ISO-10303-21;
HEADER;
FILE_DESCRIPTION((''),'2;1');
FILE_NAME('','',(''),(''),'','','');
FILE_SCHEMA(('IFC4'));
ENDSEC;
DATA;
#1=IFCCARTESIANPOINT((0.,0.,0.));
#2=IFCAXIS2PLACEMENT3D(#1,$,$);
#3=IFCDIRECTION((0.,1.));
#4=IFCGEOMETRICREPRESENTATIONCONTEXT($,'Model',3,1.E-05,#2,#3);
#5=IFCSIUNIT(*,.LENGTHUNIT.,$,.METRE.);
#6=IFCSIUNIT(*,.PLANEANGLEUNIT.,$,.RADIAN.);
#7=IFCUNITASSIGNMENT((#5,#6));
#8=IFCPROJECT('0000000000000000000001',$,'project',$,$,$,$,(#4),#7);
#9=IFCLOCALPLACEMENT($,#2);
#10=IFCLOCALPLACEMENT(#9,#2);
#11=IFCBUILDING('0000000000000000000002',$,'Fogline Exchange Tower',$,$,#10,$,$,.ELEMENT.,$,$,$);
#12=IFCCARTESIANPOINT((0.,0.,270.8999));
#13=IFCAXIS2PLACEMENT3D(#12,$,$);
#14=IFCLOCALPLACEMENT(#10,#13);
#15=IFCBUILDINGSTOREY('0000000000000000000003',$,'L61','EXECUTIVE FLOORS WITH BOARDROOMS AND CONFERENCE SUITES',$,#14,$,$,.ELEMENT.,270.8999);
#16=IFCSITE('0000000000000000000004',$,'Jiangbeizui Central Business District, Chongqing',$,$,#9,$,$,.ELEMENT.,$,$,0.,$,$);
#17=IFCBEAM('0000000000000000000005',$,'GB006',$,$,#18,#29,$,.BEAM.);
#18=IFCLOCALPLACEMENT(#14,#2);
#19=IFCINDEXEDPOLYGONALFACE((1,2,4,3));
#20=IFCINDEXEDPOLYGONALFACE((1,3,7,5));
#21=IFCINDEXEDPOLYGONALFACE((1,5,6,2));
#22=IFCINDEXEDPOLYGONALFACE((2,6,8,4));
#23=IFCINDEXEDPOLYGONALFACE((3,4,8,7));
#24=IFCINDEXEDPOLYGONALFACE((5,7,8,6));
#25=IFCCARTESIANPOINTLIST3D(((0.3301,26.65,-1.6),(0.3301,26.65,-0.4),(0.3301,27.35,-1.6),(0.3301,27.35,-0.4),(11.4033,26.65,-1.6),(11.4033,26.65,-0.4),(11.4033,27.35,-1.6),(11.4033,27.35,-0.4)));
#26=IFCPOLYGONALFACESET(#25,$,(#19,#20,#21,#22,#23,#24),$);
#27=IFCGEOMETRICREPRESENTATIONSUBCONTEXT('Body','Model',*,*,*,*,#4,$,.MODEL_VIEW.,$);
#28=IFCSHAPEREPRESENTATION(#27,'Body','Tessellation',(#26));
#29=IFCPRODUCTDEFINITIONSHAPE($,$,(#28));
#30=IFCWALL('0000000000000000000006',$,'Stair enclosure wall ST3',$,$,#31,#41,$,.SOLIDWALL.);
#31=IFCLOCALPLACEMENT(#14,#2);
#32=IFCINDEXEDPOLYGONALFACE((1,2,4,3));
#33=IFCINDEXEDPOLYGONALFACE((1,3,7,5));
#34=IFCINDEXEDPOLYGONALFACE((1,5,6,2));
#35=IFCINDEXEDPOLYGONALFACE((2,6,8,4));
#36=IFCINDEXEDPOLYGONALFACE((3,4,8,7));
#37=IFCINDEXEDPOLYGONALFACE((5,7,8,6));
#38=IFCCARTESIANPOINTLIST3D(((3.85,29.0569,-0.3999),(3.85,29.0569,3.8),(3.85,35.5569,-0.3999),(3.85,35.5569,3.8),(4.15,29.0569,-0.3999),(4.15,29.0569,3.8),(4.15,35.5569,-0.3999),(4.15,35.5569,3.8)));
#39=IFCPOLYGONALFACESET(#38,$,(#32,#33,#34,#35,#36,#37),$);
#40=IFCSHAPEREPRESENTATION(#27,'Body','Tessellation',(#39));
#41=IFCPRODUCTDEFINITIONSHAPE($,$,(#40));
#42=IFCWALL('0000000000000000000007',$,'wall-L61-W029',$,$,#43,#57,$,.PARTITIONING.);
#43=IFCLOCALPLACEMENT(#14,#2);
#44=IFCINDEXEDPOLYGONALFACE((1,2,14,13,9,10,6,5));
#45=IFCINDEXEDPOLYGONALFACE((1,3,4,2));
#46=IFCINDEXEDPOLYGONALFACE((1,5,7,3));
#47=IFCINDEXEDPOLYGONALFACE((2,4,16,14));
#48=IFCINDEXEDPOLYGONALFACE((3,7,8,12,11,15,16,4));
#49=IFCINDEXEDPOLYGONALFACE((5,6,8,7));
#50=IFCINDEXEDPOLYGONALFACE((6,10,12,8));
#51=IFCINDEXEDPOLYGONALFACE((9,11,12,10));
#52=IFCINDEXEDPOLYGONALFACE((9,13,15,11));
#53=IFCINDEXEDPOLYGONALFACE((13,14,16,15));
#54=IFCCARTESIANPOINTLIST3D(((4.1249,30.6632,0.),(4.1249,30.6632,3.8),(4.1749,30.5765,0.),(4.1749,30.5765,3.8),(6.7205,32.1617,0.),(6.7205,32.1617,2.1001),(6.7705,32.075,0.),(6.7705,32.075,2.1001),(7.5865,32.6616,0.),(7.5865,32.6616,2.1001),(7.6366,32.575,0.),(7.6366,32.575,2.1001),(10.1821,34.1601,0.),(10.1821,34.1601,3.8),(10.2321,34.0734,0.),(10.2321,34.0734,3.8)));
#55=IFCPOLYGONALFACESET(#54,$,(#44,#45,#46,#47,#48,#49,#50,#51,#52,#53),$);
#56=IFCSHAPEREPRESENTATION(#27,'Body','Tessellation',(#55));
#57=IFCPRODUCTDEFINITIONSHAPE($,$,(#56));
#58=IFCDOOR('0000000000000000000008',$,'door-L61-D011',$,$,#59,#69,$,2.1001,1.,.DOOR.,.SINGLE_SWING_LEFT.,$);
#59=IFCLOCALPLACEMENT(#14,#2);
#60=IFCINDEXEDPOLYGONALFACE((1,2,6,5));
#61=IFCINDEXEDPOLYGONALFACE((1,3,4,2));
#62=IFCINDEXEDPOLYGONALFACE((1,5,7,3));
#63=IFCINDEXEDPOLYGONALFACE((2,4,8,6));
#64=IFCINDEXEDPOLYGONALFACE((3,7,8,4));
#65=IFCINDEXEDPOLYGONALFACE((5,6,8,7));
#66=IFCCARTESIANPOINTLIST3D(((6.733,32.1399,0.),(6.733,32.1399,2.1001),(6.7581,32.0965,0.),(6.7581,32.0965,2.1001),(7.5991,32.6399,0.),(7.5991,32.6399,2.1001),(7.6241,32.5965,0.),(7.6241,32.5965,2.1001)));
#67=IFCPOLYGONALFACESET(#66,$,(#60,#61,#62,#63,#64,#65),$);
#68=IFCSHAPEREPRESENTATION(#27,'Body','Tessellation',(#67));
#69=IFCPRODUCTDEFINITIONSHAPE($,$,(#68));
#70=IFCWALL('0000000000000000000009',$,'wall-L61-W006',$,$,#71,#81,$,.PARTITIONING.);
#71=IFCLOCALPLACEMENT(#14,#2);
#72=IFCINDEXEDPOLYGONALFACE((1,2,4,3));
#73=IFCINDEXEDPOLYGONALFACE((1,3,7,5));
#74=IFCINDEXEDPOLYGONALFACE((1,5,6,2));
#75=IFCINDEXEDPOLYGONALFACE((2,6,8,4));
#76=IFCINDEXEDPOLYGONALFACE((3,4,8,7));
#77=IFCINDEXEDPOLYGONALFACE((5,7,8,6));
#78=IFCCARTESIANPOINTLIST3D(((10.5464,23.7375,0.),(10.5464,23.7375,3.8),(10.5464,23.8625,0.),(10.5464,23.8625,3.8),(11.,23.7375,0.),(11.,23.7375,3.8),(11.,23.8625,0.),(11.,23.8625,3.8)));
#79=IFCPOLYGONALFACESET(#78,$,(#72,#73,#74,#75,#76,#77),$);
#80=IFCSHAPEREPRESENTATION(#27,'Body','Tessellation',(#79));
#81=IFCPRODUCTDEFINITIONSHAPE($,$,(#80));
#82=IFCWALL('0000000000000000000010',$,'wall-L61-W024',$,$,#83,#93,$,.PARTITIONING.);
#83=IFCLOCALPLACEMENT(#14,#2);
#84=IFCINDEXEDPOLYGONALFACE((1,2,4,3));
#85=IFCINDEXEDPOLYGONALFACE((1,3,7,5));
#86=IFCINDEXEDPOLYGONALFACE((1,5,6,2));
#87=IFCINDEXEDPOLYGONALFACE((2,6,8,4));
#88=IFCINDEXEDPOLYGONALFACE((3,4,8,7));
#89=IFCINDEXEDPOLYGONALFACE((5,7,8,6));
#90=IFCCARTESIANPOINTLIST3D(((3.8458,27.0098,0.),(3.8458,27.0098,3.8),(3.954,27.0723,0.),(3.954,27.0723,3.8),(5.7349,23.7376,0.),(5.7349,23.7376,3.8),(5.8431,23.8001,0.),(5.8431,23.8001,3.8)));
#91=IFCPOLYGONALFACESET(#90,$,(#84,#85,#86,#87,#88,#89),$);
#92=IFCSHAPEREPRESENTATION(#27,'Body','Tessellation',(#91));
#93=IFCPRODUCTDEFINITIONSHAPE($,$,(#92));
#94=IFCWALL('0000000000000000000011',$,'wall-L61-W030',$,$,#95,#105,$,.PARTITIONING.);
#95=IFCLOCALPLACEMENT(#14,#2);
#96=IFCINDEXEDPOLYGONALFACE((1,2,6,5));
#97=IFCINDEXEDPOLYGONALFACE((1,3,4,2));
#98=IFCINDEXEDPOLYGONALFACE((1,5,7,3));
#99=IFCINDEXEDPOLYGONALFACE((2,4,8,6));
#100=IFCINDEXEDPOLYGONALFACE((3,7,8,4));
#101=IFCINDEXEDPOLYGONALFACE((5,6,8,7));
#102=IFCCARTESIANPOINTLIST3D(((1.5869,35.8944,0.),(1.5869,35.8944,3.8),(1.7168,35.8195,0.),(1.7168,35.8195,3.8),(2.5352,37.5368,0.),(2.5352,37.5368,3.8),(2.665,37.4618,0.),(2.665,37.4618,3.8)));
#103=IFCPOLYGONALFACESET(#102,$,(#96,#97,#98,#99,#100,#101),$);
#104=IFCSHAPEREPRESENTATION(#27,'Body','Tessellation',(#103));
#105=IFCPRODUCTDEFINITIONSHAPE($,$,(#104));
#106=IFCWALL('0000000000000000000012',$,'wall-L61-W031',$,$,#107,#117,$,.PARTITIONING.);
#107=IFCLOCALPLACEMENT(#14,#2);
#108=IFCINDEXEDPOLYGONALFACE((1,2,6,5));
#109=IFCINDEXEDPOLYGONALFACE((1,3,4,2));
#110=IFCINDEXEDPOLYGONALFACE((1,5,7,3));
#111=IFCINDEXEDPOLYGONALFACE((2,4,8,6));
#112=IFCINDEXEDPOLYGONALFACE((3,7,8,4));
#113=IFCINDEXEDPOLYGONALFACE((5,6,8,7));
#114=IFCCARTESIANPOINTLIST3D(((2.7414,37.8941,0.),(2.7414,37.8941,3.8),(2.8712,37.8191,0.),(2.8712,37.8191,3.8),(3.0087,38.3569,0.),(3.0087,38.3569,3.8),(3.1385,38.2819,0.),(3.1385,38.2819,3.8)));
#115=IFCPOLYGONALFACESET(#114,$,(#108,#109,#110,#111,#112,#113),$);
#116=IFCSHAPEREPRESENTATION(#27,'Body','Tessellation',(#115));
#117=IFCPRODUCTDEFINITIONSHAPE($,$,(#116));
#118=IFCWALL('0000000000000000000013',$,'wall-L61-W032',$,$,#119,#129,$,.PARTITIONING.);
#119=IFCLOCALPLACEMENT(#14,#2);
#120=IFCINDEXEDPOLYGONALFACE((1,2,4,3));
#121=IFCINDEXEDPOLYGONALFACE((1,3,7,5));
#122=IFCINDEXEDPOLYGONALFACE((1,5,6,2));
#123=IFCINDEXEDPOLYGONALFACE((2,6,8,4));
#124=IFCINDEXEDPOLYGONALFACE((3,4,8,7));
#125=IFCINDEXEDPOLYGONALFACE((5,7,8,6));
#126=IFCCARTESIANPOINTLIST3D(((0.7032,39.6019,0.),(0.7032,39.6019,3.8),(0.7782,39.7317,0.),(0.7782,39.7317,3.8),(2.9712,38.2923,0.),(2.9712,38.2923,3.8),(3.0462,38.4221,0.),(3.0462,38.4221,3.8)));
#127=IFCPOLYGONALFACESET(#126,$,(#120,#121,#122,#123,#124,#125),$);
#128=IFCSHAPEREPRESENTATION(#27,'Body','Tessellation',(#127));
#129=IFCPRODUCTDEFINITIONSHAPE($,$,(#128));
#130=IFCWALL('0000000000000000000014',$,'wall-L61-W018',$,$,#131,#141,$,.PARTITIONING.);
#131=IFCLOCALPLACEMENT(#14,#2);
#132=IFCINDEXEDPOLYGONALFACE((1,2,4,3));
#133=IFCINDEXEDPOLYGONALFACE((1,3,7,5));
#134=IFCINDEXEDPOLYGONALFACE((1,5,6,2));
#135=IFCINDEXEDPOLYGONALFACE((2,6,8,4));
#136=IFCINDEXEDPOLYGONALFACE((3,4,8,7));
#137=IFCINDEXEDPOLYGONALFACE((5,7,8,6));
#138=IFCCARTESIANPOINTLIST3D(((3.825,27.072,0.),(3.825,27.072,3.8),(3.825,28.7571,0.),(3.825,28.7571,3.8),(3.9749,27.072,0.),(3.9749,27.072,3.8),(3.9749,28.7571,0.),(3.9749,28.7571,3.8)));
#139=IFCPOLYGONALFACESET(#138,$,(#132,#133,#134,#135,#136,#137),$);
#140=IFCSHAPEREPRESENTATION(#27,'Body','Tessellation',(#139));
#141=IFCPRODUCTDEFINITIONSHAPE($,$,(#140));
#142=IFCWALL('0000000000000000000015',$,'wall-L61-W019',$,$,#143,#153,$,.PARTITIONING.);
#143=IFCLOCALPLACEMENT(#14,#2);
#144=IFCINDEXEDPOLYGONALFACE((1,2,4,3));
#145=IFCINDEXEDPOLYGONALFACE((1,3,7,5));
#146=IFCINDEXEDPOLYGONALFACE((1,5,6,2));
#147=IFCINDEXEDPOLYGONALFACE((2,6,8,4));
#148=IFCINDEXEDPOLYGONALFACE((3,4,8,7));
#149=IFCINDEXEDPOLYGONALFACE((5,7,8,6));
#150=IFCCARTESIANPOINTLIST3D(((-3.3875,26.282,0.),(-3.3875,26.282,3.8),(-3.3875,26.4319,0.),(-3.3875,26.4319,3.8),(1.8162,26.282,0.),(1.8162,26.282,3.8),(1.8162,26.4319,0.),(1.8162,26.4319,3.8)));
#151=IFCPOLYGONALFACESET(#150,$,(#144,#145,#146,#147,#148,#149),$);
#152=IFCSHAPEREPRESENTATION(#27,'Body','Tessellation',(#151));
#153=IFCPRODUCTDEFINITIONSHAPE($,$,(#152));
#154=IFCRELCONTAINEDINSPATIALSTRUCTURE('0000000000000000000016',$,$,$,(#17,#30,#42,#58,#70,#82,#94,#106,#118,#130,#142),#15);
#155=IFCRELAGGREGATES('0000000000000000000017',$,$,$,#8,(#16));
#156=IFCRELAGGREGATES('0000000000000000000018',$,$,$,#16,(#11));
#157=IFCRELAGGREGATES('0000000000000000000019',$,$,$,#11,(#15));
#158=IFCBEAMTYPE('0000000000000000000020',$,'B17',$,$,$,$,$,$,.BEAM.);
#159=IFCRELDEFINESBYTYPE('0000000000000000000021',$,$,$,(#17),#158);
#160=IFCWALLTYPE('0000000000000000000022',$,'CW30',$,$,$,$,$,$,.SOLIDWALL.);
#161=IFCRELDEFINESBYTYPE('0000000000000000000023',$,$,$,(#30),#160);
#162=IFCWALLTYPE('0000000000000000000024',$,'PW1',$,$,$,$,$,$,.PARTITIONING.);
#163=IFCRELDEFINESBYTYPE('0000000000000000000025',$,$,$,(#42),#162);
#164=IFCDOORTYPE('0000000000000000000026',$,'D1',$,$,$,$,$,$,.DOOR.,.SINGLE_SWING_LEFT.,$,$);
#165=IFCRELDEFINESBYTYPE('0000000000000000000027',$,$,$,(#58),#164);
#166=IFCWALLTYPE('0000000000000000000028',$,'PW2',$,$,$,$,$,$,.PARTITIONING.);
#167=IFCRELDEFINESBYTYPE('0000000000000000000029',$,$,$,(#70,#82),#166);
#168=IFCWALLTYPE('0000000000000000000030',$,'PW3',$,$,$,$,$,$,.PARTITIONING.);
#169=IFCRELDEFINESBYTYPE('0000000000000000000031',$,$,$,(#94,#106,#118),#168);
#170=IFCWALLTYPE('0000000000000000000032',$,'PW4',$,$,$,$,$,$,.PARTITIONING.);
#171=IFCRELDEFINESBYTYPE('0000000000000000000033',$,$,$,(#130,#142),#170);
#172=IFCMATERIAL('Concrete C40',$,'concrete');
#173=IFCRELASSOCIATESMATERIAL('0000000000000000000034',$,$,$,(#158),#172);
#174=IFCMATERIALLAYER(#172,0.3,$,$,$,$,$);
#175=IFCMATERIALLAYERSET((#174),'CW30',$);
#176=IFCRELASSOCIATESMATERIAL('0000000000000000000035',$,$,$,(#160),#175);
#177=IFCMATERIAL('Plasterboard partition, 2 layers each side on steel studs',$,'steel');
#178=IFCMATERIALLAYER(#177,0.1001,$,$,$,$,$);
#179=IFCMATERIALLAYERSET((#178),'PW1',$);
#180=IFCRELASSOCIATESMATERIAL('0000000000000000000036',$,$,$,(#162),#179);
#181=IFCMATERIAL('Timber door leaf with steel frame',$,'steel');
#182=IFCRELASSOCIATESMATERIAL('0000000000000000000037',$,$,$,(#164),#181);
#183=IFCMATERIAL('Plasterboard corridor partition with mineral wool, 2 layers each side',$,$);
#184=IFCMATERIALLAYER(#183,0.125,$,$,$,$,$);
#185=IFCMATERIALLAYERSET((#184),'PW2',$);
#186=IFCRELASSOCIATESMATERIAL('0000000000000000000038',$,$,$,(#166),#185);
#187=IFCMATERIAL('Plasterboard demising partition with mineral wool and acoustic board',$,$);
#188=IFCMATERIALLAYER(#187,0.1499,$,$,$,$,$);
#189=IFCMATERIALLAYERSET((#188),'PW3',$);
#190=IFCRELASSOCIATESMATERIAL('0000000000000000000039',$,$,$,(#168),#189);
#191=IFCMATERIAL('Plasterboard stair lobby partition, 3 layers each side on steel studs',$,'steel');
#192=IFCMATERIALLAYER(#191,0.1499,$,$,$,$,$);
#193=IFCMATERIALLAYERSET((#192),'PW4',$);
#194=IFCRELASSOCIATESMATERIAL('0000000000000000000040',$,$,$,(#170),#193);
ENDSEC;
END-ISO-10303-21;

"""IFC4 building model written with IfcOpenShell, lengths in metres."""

from ifc_helpers import new_model, si_unit, direction, frame, frame_2d, origin, origin_2d, place, context, subcontext, project, spatial, rectangle, extrude, material, layer, layer_set, material_profile, profile_set, type_object, element, fill, save


model = new_model("IFC4")

# Units and contexts
model_context = context("Model", 3, precision=1e-05, world=origin(), true_north=direction((0.0, 1.0)))
body_context = subcontext(model_context, "Body", "Model", "MODEL_VIEW")
ifc_project = project(units=[si_unit("LENGTHUNIT", "METRE"), si_unit("PLANEANGLEUNIT", "RADIAN")], contexts=[model_context])

# Site, building, storey
site_placement = place(None, origin())
site = spatial("IfcSite", under=ifc_project, at=site_placement, Name="Jiangbeizui Central Business District, Chongqing", CompositionType="ELEMENT", RefElevation=0.0)
building_placement = place(site_placement, origin())
building = spatial("IfcBuilding", under=site, at=building_placement, Name="Fogline Exchange Tower", CompositionType="ELEMENT")
storey_placement = place(building_placement, frame((0.0, 0.0, 270.8999)))
storey = spatial("IfcBuildingStorey", under=building, at=storey_placement, Name="L61", Description="EXECUTIVE FLOORS WITH BOARDROOMS AND CONFERENCE SUITES", CompositionType="ELEMENT", Elevation=270.8999)

# Beam
ifc_material_1 = material(Name="Concrete C40", Category="concrete")
ifc_material_profile_1 = material_profile(ifc_material_1, rectangle(XDim=0.7, YDim=1.2, at=origin_2d()), Name="RC 700x1200")
ifc_profile_set_1 = profile_set([ifc_material_profile_1], Name="Concrete C40")
beam_type_1 = type_object("IfcBeamType", Name="B17", PredefinedType="BEAM", material=ifc_profile_set_1)
beam_1_placement = place(storey_placement, frame((0.3301, 27.0, -1.0), z_axis=(1.0, 0.0, 0.0), x_axis=(0.0, 1.0, 0.0)))
element("IfcBeam", 1, at=beam_1_placement, inside=storey, type_object=beam_type_1, Name="GB006", PredefinedType="BEAM", context=body_context, shape_type="SweptSolid", body=[
    extrude(rectangle(XDim=0.7, YDim=1.2, at=origin_2d()), origin(), (0.0, 0.0, 1.0), 11.0732),
])

# Wall
ifc_layer_1 = layer(ifc_material_1, 0.3)
ifc_layer_set_1 = layer_set([ifc_layer_1], Name="CW30")
wall_type_1 = type_object("IfcWallType", Name="CW30", PredefinedType="SOLIDWALL", material=ifc_layer_set_1)
wall_1_placement = place(storey_placement, frame((4.0, 29.0569, -0.3999), z_axis=(0.0, 0.0, 1.0), x_axis=(0.0, 1.0, 0.0)))
element("IfcWall", 2, at=wall_1_placement, inside=storey, type_object=wall_type_1, Name="Stair enclosure wall ST3", PredefinedType="SOLIDWALL", context=body_context, shape_type="SweptSolid", body=[
    extrude(rectangle(XDim=6.5, YDim=0.3, at=frame_2d((3.25, 0.0))), origin(), (0.0, 0.0, 1.0), 4.2),
])

# Wall, opening, door
ifc_material_2 = material(Name="Plasterboard partition, 2 layers each side on steel studs", Category="steel")
ifc_layer_2 = layer(ifc_material_2, 0.1001)
ifc_layer_set_2 = layer_set([ifc_layer_2], Name="PW1")
wall_type_2 = type_object("IfcWallType", Name="PW1", PredefinedType="PARTITIONING", material=ifc_layer_set_2)
wall_2_placement = place(storey_placement, frame((4.1499, 30.6199, 0.0), z_axis=(0.0, 0.0, 1.0), x_axis=(0.866041, 0.499972, 0.0)))
wall_2 = element("IfcWall", 3, at=wall_2_placement, inside=storey, type_object=wall_type_2, Name="wall-L61-W029", PredefinedType="PARTITIONING", context=body_context, shape_type="SweptSolid", body=[
    extrude(rectangle(XDim=6.9941, YDim=0.1001, at=frame_2d((3.4971, 0.0))), origin(), (0.0, 0.0, 1.0), 3.8),
])
opening_1_placement = place(wall_2_placement, frame((2.9971, 0.0, 0.0)))
opening_1 = element("IfcOpeningElement", 4, at=opening_1_placement, cuts=wall_2, PredefinedType="OPENING", context=body_context, shape_type="SweptSolid", body=[
    extrude(rectangle(XDim=1.0, YDim=2.1001, at=frame_2d((0.5, 1.05))), frame((0.0, 0.0601, 0.0), z_axis=(0.0, -1.0, 0.0), x_axis=(1.0, 0.0, 0.0)), (0.0, 0.0, 1.0), 0.1201),
])
ifc_material_3 = material(Name="Timber door leaf with steel frame", Category="steel")
door_type_1 = type_object("IfcDoorType", Name="D1", OperationType="SINGLE_SWING_LEFT", PredefinedType="DOOR", material=ifc_material_3)
door_1_placement = place(opening_1_placement, origin())
door_1 = element("IfcDoor", 5, at=door_1_placement, inside=storey, type_object=door_type_1, Name="door-L61-D011", OperationType="SINGLE_SWING_LEFT", OverallHeight=2.1001, OverallWidth=1.0, PredefinedType="DOOR", context=body_context, shape_type="SweptSolid", body=[
    extrude(rectangle(XDim=1.0, YDim=2.1001, at=frame_2d((0.5, 1.05))), frame((0.0, 0.0249, 0.0), z_axis=(0.0, -1.0, 0.0), x_axis=(1.0, 0.0, 0.0)), (0.0, 0.0, 1.0), 0.05),
])
fill(opening_1, door_1)

# Walls
ifc_material_4 = material(Name="Plasterboard corridor partition with mineral wool, 2 layers each side")
ifc_layer_3 = layer(ifc_material_4, 0.125)
ifc_layer_set_3 = layer_set([ifc_layer_3], Name="PW2")
wall_type_3 = type_object("IfcWallType", Name="PW2", PredefinedType="PARTITIONING", material=ifc_layer_set_3)
wall_3_placement = place(storey_placement, frame((10.5464, 23.8, 0.0), z_axis=(0.0, 0.0, 1.0), x_axis=(1.0, 0.0, 0.0)))
element("IfcWall", 6, at=wall_3_placement, inside=storey, type_object=wall_type_3, Name="wall-L61-W006", PredefinedType="PARTITIONING", context=body_context, shape_type="SweptSolid", body=[
    extrude(rectangle(XDim=0.4536, YDim=0.125, at=frame_2d((0.2268, 0.0))), origin(), (0.0, 0.0, 1.0), 3.8),
])
wall_4_placement = place(storey_placement, frame((3.8999, 27.041, 0.0), z_axis=(0.0, 0.0, 1.0), x_axis=(0.499989, -0.866032, 0.0)))
element("IfcWall", 7, at=wall_4_placement, inside=storey, type_object=wall_type_3, Name="wall-L61-W024", PredefinedType="PARTITIONING", context=body_context, shape_type="SweptSolid", body=[
    extrude(rectangle(XDim=3.7783, YDim=0.125, at=frame_2d((1.8892, 0.0))), origin(), (0.0, 0.0, 1.0), 3.8),
])
ifc_material_5 = material(Name="Plasterboard demising partition with mineral wool and acoustic board")
ifc_layer_4 = layer(ifc_material_5, 0.1499)
ifc_layer_set_4 = layer_set([ifc_layer_4], Name="PW3")
wall_type_4 = type_object("IfcWallType", Name="PW3", PredefinedType="PARTITIONING", material=ifc_layer_set_4)
wall_5_placement = place(storey_placement, frame((1.6519, 35.8569, 0.0), z_axis=(0.0, 0.0, 1.0), x_axis=(0.500016, 0.866016, 0.0)))
element("IfcWall", 8, at=wall_5_placement, inside=storey, type_object=wall_type_4, Name="wall-L61-W030", PredefinedType="PARTITIONING", context=body_context, shape_type="SweptSolid", body=[
    extrude(rectangle(XDim=1.8965, YDim=0.1499, at=frame_2d((0.9482, 0.0))), origin(), (0.0, 0.0, 1.0), 3.8),
])
wall_6_placement = place(storey_placement, frame((2.8064, 37.8567, 0.0), z_axis=(0.0, 0.0, 1.0), x_axis=(0.500118, 0.865957, 0.0)))
element("IfcWall", 9, at=wall_6_placement, inside=storey, type_object=wall_type_4, Name="wall-L61-W031", PredefinedType="PARTITIONING", context=body_context, shape_type="SweptSolid", body=[
    extrude(rectangle(XDim=0.5344, YDim=0.1499, at=frame_2d((0.2671, 0.0))), origin(), (0.0, 0.0, 1.0), 3.8),
])
wall_7_placement = place(storey_placement, frame((3.0088, 38.3572, 0.0), z_axis=(0.0, 0.0, 1.0), x_axis=(-0.866009, 0.500029, 0.0)))
element("IfcWall", 10, at=wall_7_placement, inside=storey, type_object=wall_type_4, Name="wall-L61-W032", PredefinedType="PARTITIONING", context=body_context, shape_type="SweptSolid", body=[
    extrude(rectangle(XDim=2.6189, YDim=0.1499, at=frame_2d((1.3096, 0.0))), origin(), (0.0, 0.0, 1.0), 3.8),
])
ifc_material_6 = material(Name="Plasterboard stair lobby partition, 3 layers each side on steel studs", Category="steel")
ifc_layer_5 = layer(ifc_material_6, 0.1499)
ifc_layer_set_5 = layer_set([ifc_layer_5], Name="PW4")
wall_type_5 = type_object("IfcWallType", Name="PW4", PredefinedType="PARTITIONING", material=ifc_layer_set_5)
wall_8_placement = place(storey_placement, frame((3.8999, 28.7571, 0.0), z_axis=(0.0, 0.0, 1.0), x_axis=(0.0, -1.0, 0.0)))
element("IfcWall", 11, at=wall_8_placement, inside=storey, type_object=wall_type_5, Name="wall-L61-W018", PredefinedType="PARTITIONING", context=body_context, shape_type="SweptSolid", body=[
    extrude(rectangle(XDim=1.6851, YDim=0.1499, at=frame_2d((0.8425, 0.0))), origin(), (0.0, 0.0, 1.0), 3.8),
])
wall_9_placement = place(storey_placement, frame((1.8162, 26.3569, 0.0), z_axis=(0.0, 0.0, 1.0), x_axis=(-1.0, 0.0, 0.0)))
element("IfcWall", 12, at=wall_9_placement, inside=storey, type_object=wall_type_5, Name="wall-L61-W019", PredefinedType="PARTITIONING", context=body_context, shape_type="SweptSolid", body=[
    extrude(rectangle(XDim=5.2036, YDim=0.1499, at=frame_2d((2.6018, 0.0))), origin(), (0.0, 0.0, 1.0), 3.8),
])

save(model, "model.ifc")
